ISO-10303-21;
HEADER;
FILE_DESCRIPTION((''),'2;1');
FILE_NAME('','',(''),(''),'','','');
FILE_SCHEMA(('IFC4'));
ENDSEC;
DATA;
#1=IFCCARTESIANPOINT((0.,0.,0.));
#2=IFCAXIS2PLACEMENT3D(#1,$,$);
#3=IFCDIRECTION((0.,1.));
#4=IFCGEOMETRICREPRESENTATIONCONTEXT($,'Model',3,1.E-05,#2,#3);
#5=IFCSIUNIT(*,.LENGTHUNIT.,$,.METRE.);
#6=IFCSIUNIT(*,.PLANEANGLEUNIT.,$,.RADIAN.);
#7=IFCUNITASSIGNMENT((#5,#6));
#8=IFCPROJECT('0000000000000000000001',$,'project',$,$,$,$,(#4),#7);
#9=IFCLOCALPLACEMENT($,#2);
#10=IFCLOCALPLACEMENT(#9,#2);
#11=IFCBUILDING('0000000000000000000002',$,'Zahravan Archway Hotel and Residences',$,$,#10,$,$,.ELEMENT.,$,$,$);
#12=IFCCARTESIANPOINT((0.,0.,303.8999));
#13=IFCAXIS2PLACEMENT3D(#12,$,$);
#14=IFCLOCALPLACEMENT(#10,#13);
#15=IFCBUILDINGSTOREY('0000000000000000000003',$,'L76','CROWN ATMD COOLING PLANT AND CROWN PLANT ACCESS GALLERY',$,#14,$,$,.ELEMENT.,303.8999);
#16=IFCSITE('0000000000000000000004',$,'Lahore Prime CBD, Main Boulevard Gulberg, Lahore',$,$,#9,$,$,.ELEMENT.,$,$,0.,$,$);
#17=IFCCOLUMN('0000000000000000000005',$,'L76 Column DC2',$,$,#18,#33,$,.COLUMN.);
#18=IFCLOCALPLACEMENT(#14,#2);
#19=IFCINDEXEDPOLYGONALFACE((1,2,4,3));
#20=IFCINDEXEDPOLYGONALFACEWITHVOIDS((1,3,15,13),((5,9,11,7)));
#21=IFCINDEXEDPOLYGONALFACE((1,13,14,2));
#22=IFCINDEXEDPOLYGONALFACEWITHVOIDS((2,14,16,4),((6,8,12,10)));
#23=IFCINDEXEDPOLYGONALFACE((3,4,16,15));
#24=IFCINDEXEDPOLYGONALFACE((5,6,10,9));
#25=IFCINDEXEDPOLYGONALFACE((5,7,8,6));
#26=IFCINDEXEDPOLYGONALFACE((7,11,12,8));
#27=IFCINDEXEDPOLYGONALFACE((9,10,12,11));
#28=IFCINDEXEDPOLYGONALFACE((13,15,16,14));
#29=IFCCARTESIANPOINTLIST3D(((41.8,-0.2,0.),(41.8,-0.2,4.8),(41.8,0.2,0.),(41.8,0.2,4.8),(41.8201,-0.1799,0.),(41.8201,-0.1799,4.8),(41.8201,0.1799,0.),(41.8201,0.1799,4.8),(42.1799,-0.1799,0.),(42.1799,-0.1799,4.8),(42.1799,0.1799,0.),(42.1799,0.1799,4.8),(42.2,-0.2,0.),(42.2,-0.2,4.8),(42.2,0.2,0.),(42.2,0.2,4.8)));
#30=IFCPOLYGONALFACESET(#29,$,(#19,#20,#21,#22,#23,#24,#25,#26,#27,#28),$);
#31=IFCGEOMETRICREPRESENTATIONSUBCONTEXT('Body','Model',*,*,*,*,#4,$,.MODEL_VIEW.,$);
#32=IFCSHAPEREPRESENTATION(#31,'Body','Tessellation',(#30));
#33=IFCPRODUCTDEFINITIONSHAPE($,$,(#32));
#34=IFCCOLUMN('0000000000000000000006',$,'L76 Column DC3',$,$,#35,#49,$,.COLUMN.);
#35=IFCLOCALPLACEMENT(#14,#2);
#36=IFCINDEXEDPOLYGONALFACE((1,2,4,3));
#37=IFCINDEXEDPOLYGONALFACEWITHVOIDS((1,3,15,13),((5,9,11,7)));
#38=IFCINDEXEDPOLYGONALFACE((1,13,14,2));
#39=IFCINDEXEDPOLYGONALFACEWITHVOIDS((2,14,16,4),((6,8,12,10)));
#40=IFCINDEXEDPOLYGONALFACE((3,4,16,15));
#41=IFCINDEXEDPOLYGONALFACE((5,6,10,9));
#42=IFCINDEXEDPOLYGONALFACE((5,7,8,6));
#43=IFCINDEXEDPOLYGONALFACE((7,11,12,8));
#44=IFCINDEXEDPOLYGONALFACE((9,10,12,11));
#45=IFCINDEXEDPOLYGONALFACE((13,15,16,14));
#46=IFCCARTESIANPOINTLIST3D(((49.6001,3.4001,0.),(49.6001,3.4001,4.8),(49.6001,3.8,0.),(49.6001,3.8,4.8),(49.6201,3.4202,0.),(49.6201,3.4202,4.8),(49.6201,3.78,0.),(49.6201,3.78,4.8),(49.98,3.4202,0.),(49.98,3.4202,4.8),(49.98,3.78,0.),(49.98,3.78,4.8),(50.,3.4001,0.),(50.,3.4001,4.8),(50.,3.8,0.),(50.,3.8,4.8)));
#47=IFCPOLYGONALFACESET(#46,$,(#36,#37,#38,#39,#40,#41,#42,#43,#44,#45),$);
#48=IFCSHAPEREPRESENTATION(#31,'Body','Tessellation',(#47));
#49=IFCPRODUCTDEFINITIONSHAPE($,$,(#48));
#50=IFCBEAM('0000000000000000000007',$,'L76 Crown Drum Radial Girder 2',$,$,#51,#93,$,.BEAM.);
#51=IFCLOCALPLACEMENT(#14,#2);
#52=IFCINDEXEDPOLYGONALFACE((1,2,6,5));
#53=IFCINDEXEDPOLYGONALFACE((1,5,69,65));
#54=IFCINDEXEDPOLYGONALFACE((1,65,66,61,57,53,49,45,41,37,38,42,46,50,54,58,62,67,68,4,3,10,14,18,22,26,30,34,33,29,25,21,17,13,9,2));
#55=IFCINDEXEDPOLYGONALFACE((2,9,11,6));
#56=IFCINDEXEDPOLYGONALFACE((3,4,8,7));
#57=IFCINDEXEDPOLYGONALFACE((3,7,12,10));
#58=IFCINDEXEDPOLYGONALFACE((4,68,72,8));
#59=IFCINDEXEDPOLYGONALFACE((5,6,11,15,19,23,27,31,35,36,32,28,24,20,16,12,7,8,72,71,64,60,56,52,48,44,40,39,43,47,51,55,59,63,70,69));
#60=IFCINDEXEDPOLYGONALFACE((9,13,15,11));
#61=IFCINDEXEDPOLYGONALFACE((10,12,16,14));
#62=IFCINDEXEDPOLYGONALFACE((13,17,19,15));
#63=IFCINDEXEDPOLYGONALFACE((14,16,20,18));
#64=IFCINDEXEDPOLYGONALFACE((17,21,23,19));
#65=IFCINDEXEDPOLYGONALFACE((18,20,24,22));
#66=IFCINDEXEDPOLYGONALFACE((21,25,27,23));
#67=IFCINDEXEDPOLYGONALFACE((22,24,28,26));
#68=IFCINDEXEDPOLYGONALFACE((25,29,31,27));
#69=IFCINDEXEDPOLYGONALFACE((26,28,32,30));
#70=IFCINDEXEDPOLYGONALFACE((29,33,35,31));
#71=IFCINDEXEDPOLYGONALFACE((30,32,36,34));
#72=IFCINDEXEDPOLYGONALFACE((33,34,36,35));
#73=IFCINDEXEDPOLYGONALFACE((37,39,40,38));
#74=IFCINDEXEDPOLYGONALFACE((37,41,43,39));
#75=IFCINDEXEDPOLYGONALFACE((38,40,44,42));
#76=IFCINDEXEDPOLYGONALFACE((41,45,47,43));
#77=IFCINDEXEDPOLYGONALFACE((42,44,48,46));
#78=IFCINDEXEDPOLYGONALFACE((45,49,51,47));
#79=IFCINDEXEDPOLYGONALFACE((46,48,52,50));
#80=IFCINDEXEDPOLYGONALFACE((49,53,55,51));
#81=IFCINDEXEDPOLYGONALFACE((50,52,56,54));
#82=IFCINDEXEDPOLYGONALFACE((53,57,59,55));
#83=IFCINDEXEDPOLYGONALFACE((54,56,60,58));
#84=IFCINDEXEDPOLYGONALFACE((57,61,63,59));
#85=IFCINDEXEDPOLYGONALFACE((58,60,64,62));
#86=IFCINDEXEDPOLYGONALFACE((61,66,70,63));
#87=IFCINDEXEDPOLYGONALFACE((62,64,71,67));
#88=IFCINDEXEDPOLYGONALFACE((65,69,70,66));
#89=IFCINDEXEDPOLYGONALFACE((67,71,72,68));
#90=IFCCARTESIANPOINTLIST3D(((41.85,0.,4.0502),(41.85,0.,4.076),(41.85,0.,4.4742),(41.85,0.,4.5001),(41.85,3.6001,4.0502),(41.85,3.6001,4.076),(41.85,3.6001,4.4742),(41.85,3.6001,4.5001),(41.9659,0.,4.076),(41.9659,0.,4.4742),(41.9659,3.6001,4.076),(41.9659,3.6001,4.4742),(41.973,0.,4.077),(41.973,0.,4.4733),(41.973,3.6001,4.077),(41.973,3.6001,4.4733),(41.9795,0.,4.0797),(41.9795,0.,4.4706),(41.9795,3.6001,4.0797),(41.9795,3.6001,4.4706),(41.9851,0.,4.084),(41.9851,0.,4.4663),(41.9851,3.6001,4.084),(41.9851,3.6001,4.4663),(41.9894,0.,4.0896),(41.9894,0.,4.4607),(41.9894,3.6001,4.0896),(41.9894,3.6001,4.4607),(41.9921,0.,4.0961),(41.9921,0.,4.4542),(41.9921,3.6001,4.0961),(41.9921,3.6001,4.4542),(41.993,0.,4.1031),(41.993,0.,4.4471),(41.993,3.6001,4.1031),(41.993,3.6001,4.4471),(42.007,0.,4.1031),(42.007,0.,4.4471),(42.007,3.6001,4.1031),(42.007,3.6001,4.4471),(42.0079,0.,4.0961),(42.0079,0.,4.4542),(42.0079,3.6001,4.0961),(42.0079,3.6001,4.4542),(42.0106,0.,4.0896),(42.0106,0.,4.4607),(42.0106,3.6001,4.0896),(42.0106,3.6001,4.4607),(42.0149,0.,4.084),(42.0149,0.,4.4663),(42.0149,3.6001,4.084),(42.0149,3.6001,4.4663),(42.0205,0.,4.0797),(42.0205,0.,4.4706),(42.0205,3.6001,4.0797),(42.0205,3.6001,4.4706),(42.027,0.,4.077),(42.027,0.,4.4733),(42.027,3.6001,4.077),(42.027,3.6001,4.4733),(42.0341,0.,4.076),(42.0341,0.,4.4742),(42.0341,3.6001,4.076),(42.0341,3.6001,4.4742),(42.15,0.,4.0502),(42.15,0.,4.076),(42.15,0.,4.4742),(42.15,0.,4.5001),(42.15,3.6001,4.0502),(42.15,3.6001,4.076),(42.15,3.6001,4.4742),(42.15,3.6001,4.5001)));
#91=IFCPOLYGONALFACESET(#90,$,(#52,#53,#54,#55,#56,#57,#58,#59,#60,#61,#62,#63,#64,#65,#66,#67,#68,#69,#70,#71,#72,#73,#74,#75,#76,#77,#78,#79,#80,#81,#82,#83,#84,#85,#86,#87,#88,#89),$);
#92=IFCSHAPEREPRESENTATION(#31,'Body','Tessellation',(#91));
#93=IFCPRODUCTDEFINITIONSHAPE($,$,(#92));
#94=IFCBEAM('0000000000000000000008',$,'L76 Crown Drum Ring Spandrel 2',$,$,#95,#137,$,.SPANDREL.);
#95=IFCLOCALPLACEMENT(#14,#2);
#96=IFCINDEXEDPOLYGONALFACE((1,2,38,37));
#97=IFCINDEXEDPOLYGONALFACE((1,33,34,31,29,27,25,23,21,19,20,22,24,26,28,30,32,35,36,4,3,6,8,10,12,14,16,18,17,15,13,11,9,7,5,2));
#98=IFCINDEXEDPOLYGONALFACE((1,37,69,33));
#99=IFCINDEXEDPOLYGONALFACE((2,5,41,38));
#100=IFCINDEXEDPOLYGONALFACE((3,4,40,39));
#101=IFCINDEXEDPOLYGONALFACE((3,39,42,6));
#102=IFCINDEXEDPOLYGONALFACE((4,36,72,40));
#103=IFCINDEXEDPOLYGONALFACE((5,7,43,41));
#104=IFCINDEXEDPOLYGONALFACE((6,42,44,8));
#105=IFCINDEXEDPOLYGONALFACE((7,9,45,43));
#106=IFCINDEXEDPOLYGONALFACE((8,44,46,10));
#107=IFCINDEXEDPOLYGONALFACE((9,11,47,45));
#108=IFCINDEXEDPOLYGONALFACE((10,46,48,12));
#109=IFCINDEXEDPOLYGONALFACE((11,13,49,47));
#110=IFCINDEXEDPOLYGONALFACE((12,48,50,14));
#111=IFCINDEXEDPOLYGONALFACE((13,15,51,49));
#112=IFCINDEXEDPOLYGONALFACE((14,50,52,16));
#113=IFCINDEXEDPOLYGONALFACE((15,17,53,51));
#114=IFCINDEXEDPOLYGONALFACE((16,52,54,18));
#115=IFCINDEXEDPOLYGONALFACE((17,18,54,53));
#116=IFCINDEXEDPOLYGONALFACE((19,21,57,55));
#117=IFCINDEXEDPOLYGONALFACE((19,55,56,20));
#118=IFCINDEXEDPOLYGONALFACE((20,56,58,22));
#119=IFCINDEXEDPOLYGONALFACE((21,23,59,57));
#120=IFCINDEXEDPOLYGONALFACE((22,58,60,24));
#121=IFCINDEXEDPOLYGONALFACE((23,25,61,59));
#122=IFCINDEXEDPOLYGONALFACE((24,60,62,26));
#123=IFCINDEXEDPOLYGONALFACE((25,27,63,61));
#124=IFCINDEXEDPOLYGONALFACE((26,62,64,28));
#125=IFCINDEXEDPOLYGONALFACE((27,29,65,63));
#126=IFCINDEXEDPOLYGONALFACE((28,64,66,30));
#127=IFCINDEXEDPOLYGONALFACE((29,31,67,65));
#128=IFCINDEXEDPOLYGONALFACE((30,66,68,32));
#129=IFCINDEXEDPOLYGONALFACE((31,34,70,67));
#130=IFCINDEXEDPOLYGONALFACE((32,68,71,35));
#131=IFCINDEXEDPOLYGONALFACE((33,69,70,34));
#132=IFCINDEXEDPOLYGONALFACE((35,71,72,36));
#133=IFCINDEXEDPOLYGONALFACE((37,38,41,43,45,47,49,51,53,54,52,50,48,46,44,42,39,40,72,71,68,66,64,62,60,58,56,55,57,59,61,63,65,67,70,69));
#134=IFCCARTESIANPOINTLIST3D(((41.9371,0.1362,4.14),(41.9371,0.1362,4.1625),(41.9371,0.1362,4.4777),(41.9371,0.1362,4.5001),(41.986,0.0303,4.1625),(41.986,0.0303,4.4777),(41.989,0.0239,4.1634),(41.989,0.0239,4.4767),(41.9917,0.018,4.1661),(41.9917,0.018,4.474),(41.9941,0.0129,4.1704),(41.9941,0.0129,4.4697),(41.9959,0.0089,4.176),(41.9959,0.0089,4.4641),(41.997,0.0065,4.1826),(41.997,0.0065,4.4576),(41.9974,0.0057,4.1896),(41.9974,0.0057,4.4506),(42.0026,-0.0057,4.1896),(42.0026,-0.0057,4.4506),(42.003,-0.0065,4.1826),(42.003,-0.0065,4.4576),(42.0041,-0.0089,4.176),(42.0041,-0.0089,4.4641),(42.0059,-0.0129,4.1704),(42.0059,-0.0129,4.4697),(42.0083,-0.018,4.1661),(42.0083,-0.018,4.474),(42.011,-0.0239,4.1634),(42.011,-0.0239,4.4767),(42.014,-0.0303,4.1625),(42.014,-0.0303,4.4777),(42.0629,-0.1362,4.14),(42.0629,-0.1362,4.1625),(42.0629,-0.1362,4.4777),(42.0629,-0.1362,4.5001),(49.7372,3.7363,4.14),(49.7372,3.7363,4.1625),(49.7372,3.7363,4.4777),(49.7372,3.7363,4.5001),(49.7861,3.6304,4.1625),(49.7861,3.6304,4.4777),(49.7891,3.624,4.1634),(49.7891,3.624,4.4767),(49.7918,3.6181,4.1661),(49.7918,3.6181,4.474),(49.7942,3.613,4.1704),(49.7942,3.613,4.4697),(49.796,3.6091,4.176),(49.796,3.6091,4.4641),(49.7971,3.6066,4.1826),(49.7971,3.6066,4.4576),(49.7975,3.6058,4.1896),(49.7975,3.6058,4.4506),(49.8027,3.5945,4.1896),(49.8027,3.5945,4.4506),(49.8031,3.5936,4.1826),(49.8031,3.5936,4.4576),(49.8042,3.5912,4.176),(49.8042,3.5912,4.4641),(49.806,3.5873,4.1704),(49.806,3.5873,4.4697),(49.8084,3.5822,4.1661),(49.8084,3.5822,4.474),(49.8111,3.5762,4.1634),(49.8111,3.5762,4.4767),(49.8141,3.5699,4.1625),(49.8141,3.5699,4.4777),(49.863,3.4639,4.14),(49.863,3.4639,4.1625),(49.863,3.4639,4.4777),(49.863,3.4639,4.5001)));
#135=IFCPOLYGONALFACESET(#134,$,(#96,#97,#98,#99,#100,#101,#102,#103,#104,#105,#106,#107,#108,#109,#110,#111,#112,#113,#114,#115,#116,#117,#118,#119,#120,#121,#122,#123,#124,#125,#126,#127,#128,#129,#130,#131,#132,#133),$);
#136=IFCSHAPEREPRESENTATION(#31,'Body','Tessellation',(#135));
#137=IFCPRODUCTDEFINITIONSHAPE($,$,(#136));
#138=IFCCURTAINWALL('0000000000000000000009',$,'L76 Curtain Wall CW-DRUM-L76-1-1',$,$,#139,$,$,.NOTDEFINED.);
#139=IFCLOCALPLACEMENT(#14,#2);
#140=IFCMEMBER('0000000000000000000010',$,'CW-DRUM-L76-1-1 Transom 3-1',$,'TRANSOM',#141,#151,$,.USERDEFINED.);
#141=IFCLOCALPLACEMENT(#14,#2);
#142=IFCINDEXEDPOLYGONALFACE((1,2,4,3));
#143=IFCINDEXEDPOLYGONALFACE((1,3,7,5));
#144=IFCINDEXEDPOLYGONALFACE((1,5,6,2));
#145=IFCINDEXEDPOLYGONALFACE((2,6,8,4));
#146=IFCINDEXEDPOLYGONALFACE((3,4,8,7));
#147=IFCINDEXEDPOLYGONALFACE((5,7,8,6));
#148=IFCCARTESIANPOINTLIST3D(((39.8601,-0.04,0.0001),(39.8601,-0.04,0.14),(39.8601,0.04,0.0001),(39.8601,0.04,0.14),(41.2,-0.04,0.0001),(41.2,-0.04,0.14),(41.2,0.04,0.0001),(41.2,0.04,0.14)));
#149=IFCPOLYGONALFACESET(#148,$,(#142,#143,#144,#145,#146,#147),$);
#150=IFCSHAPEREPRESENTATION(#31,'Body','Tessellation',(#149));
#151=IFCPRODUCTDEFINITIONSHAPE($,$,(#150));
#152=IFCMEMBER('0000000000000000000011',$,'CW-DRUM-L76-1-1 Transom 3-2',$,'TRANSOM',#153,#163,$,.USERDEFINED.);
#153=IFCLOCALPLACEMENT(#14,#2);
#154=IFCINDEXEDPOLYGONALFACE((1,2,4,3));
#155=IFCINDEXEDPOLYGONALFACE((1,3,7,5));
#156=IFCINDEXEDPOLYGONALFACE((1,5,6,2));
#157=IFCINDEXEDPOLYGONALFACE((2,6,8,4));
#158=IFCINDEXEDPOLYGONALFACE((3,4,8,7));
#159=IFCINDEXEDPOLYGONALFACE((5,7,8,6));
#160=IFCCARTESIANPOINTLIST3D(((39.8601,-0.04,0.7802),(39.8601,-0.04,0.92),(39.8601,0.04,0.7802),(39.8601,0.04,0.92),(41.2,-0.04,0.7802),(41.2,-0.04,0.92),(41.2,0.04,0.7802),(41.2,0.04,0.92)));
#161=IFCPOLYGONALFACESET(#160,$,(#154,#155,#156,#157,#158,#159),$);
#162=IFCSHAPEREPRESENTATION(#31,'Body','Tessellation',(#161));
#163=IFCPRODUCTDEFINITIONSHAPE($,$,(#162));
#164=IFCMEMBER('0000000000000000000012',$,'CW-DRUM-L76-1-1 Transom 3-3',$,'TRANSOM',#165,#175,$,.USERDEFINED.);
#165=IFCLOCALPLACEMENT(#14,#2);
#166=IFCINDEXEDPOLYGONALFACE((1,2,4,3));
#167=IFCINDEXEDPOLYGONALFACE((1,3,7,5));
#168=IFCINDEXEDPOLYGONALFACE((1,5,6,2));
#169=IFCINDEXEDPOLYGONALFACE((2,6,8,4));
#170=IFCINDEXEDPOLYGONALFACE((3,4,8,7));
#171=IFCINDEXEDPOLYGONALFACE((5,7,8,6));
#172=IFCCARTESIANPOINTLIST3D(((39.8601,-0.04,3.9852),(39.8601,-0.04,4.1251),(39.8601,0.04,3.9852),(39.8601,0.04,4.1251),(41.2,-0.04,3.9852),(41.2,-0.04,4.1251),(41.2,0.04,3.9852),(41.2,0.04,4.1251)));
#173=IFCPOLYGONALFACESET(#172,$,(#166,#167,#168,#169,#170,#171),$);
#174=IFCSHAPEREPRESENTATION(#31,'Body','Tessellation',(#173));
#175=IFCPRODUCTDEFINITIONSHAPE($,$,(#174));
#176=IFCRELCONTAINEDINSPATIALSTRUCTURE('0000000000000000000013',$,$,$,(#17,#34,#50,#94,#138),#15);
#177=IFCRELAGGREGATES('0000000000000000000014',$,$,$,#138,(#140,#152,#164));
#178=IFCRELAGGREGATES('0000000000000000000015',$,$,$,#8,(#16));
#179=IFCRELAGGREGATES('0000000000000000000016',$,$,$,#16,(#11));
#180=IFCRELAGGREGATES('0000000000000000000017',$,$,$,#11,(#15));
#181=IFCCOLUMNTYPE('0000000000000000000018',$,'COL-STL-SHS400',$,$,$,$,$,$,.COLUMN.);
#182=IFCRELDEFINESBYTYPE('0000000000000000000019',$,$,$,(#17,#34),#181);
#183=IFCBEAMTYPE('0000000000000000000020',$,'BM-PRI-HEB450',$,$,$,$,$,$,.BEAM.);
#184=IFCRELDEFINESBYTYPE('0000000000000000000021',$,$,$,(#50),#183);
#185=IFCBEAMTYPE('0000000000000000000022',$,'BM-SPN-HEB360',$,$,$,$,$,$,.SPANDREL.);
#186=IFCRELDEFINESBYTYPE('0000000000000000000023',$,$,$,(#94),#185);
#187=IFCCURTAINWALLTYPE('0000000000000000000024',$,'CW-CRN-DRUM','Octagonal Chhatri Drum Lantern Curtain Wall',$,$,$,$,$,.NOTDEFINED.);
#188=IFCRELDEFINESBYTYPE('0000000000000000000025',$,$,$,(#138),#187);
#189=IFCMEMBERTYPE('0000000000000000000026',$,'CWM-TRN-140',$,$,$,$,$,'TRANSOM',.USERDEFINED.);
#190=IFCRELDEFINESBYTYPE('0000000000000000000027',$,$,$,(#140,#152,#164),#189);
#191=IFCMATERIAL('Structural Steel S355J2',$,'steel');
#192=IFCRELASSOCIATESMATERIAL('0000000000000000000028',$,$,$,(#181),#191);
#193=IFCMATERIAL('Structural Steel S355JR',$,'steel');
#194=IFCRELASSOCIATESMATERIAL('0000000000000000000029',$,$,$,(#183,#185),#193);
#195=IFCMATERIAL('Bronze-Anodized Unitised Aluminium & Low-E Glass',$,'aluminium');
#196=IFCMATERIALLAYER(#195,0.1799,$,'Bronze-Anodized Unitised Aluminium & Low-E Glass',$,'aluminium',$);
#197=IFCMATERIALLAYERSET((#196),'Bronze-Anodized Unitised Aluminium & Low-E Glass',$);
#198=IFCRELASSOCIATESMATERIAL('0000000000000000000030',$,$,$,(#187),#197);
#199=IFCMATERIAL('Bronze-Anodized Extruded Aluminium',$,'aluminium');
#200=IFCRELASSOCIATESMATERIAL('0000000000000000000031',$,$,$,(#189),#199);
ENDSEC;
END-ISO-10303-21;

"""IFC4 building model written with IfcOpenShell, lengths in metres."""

from ifc_helpers import new_model, si_unit, direction, frame, origin, origin_2d, place, context, subcontext, project, spatial, rectangle, hollow_rectangle, i_section, extrude, source, transform, mapped, material, layer, layer_set, material_profile, profile_set, type_object, element, aggregate, save


model = new_model("IFC4")

# Units and contexts
model_context = context("Model", 3, precision=1e-05, world=origin(), true_north=direction((0.0, 1.0)))
body_context = subcontext(model_context, "Body", "Model", "MODEL_VIEW")
ifc_project = project(units=[si_unit("LENGTHUNIT", "METRE"), si_unit("PLANEANGLEUNIT", "RADIAN")], contexts=[model_context])

# Site, building, storey
site_placement = place(None, origin())
site = spatial("IfcSite", under=ifc_project, at=site_placement, Name="Lahore Prime CBD, Main Boulevard Gulberg, Lahore", CompositionType="ELEMENT", RefElevation=0.0)
building_placement = place(site_placement, origin())
building = spatial("IfcBuilding", under=site, at=building_placement, Name="Zahravan Archway Hotel and Residences", CompositionType="ELEMENT")
storey_placement = place(building_placement, frame((0.0, 0.0, 303.8999)))
storey = spatial("IfcBuildingStorey", under=building, at=storey_placement, Name="L76", Description="CROWN ATMD COOLING PLANT AND CROWN PLANT ACCESS GALLERY", CompositionType="ELEMENT", Elevation=303.8999)

# Columns
ifc_material_1 = material(Name="Structural Steel S355J2", Category="steel")
ifc_material_profile_1 = material_profile(ifc_material_1, hollow_rectangle(XDim=0.3999, YDim=0.3999, WallThickness=0.02, at=origin_2d()), Name="SHS 400x400x20", Category="steel")
ifc_profile_set_1 = profile_set([ifc_material_profile_1], Name="Structural Steel S355J2")
column_type = type_object("IfcColumnType", Name="COL-STL-SHS400", PredefinedType="COLUMN", material=ifc_profile_set_1)
shared_shape_1 = source(origin(), body_context, "Body", "SweptSolid", [
    extrude(hollow_rectangle(XDim=0.3999, YDim=0.3999, WallThickness=0.02, at=origin_2d()), origin(), (0.0, 0.0, 1.0), 4.8),
])
for number, where, z_axis, x_axis, name in (
    (1, (42.0, 0.0, 0.0), (0.0, 0.0, 1.0), (1.0, 0.0, 0.0), "L76 Column DC2"),
    (2, (49.8, 3.6001, 0.0), (0.0, 0.0, 1.0), (1.0, 0.0, 0.0), "L76 Column DC3"),
):
    element("IfcColumn", number, at=place(storey_placement, frame(where, z_axis=z_axis, x_axis=x_axis)), inside=storey, type_object=column_type, Name=name, PredefinedType="COLUMN", context=body_context, shape_type="MappedRepresentation", body=[
        mapped(shared_shape_1, transform((0.0, 0.0, 0.0), scale=1.0)),
    ])

# Beams
ifc_material_2 = material(Name="Structural Steel S355JR", Category="steel")
ifc_material_profile_2 = material_profile(ifc_material_2, i_section(OverallWidth=0.3, OverallDepth=0.45, WebThickness=0.0139, FlangeThickness=0.0259, FilletRadius=0.0271, at=origin_2d()), Name="HEB 450", Category="steel")
ifc_profile_set_2 = profile_set([ifc_material_profile_2], Name="Structural Steel S355JR")
beam_type_1 = type_object("IfcBeamType", Name="BM-PRI-HEB450", PredefinedType="BEAM", material=ifc_profile_set_2)
shared_shape_2 = source(origin(), body_context, "Body", "SweptSolid", [
    extrude(i_section(OverallWidth=0.3, OverallDepth=0.45, WebThickness=0.0139, FlangeThickness=0.0259, FilletRadius=0.0271, at=origin_2d()), origin(), (0.0, 0.0, 1.0), 3.6001),
])
beam_1_placement = place(storey_placement, frame((42.0, 3.6001, 4.2751), z_axis=(0.0, -1.0, 0.0), x_axis=(1.0, 0.0, 0.0)))
element("IfcBeam", 3, at=beam_1_placement, inside=storey, type_object=beam_type_1, Name="L76 Crown Drum Radial Girder 2", PredefinedType="BEAM", context=body_context, shape_type="MappedRepresentation", body=[
    mapped(shared_shape_2, transform((0.0, 0.0, 0.0), scale=1.0)),
])
ifc_material_profile_3 = material_profile(ifc_material_2, i_section(OverallWidth=0.3, OverallDepth=0.3601, WebThickness=0.0125, FlangeThickness=0.0225, FilletRadius=0.0271, at=origin_2d()), Name="HEB 360", Category="steel")
ifc_profile_set_3 = profile_set([ifc_material_profile_3], Name="Structural Steel S355JR")
beam_type_2 = type_object("IfcBeamType", Name="BM-SPN-HEB360", PredefinedType="SPANDREL", material=ifc_profile_set_3)
shared_shape_3 = source(origin(), body_context, "Body", "SweptSolid", [
    extrude(i_section(OverallWidth=0.3, OverallDepth=0.3601, WebThickness=0.0125, FlangeThickness=0.0225, FilletRadius=0.0271, at=origin_2d()), origin(), (0.0, 0.0, 1.0), 8.5908),
])
beam_2_placement = place(storey_placement, frame((42.0, 0.0, 4.3201), z_axis=(0.907956, 0.419065, 0.0), x_axis=(-0.419065, 0.907956, 0.0)))
element("IfcBeam", 4, at=beam_2_placement, inside=storey, type_object=beam_type_2, Name="L76 Crown Drum Ring Spandrel 2", PredefinedType="SPANDREL", context=body_context, shape_type="MappedRepresentation", body=[
    mapped(shared_shape_3, transform((0.0, 0.0, 0.0), scale=1.0)),
])

# Curtain wall, members
ifc_material_3 = material(Name="Bronze-Anodized Unitised Aluminium & Low-E Glass", Category="aluminium")
ifc_layer_1 = layer(ifc_material_3, 0.1799, Name="Bronze-Anodized Unitised Aluminium & Low-E Glass", Category="aluminium")
ifc_layer_set_1 = layer_set([ifc_layer_1], Name="Bronze-Anodized Unitised Aluminium & Low-E Glass")
curtain_wall_type = type_object("IfcCurtainWallType", Name="CW-CRN-DRUM", Description="Octagonal Chhatri Drum Lantern Curtain Wall", PredefinedType="NOTDEFINED", material=ifc_layer_set_1)
curtain_wall_placement = place(storey_placement, origin())
curtain_wall = element("IfcCurtainWall", 5, at=curtain_wall_placement, inside=storey, type_object=curtain_wall_type, Name="L76 Curtain Wall CW-DRUM-L76-1-1", PredefinedType="NOTDEFINED")
ifc_material_4 = material(Name="Bronze-Anodized Extruded Aluminium", Category="aluminium")
ifc_material_profile_4 = material_profile(ifc_material_4, rectangle(XDim=0.0801, YDim=0.1399, at=origin_2d()), Name="TRN 80x140", Category="aluminium")
ifc_profile_set_4 = profile_set([ifc_material_profile_4], Name="Bronze-Anodized Extruded Aluminium")
member_type_1 = type_object("IfcMemberType", Name="CWM-TRN-140", ElementType="TRANSOM", PredefinedType="USERDEFINED", material=ifc_profile_set_4)
shared_shape_4 = source(origin(), body_context, "Body", "SweptSolid", [
    extrude(rectangle(XDim=0.0801, YDim=0.1399, at=origin_2d()), origin(), (0.0, 0.0, 1.0), 1.3398),
])
member_1_placement = place(storey_placement, frame((39.8601, 0.0, 0.0701), z_axis=(1.0, 0.0, 0.0), x_axis=(0.0, 1.0, 0.0)))
member_1 = element("IfcMember", 6, at=member_1_placement, type_object=member_type_1, Name="CW-DRUM-L76-1-1 Transom 3-1", ObjectType="TRANSOM", PredefinedType="USERDEFINED", context=body_context, shape_type="MappedRepresentation", body=[
    mapped(shared_shape_4, transform((0.0, 0.0, 0.0), scale=1.0)),
])
member_2_placement = place(storey_placement, frame((39.8601, 0.0, 0.8501), z_axis=(1.0, 0.0, 0.0), x_axis=(0.0, 1.0, 0.0)))
member_2 = element("IfcMember", 7, at=member_2_placement, type_object=member_type_1, Name="CW-DRUM-L76-1-1 Transom 3-2", ObjectType="TRANSOM", PredefinedType="USERDEFINED", context=body_context, shape_type="MappedRepresentation", body=[
    mapped(shared_shape_4, transform((0.0, 0.0, 0.0), scale=1.0)),
])
member_3_placement = place(storey_placement, frame((39.8601, 0.0, 4.0552), z_axis=(1.0, 0.0, 0.0), x_axis=(0.0, 1.0, 0.0)))
member_3 = element("IfcMember", 8, at=member_3_placement, type_object=member_type_1, Name="CW-DRUM-L76-1-1 Transom 3-3", ObjectType="TRANSOM", PredefinedType="USERDEFINED", context=body_context, shape_type="MappedRepresentation", body=[
    mapped(shared_shape_4, transform((0.0, 0.0, 0.0), scale=1.0)),
])
aggregate(curtain_wall, [member_1, member_2, member_3])

save(model, "model.ifc")
